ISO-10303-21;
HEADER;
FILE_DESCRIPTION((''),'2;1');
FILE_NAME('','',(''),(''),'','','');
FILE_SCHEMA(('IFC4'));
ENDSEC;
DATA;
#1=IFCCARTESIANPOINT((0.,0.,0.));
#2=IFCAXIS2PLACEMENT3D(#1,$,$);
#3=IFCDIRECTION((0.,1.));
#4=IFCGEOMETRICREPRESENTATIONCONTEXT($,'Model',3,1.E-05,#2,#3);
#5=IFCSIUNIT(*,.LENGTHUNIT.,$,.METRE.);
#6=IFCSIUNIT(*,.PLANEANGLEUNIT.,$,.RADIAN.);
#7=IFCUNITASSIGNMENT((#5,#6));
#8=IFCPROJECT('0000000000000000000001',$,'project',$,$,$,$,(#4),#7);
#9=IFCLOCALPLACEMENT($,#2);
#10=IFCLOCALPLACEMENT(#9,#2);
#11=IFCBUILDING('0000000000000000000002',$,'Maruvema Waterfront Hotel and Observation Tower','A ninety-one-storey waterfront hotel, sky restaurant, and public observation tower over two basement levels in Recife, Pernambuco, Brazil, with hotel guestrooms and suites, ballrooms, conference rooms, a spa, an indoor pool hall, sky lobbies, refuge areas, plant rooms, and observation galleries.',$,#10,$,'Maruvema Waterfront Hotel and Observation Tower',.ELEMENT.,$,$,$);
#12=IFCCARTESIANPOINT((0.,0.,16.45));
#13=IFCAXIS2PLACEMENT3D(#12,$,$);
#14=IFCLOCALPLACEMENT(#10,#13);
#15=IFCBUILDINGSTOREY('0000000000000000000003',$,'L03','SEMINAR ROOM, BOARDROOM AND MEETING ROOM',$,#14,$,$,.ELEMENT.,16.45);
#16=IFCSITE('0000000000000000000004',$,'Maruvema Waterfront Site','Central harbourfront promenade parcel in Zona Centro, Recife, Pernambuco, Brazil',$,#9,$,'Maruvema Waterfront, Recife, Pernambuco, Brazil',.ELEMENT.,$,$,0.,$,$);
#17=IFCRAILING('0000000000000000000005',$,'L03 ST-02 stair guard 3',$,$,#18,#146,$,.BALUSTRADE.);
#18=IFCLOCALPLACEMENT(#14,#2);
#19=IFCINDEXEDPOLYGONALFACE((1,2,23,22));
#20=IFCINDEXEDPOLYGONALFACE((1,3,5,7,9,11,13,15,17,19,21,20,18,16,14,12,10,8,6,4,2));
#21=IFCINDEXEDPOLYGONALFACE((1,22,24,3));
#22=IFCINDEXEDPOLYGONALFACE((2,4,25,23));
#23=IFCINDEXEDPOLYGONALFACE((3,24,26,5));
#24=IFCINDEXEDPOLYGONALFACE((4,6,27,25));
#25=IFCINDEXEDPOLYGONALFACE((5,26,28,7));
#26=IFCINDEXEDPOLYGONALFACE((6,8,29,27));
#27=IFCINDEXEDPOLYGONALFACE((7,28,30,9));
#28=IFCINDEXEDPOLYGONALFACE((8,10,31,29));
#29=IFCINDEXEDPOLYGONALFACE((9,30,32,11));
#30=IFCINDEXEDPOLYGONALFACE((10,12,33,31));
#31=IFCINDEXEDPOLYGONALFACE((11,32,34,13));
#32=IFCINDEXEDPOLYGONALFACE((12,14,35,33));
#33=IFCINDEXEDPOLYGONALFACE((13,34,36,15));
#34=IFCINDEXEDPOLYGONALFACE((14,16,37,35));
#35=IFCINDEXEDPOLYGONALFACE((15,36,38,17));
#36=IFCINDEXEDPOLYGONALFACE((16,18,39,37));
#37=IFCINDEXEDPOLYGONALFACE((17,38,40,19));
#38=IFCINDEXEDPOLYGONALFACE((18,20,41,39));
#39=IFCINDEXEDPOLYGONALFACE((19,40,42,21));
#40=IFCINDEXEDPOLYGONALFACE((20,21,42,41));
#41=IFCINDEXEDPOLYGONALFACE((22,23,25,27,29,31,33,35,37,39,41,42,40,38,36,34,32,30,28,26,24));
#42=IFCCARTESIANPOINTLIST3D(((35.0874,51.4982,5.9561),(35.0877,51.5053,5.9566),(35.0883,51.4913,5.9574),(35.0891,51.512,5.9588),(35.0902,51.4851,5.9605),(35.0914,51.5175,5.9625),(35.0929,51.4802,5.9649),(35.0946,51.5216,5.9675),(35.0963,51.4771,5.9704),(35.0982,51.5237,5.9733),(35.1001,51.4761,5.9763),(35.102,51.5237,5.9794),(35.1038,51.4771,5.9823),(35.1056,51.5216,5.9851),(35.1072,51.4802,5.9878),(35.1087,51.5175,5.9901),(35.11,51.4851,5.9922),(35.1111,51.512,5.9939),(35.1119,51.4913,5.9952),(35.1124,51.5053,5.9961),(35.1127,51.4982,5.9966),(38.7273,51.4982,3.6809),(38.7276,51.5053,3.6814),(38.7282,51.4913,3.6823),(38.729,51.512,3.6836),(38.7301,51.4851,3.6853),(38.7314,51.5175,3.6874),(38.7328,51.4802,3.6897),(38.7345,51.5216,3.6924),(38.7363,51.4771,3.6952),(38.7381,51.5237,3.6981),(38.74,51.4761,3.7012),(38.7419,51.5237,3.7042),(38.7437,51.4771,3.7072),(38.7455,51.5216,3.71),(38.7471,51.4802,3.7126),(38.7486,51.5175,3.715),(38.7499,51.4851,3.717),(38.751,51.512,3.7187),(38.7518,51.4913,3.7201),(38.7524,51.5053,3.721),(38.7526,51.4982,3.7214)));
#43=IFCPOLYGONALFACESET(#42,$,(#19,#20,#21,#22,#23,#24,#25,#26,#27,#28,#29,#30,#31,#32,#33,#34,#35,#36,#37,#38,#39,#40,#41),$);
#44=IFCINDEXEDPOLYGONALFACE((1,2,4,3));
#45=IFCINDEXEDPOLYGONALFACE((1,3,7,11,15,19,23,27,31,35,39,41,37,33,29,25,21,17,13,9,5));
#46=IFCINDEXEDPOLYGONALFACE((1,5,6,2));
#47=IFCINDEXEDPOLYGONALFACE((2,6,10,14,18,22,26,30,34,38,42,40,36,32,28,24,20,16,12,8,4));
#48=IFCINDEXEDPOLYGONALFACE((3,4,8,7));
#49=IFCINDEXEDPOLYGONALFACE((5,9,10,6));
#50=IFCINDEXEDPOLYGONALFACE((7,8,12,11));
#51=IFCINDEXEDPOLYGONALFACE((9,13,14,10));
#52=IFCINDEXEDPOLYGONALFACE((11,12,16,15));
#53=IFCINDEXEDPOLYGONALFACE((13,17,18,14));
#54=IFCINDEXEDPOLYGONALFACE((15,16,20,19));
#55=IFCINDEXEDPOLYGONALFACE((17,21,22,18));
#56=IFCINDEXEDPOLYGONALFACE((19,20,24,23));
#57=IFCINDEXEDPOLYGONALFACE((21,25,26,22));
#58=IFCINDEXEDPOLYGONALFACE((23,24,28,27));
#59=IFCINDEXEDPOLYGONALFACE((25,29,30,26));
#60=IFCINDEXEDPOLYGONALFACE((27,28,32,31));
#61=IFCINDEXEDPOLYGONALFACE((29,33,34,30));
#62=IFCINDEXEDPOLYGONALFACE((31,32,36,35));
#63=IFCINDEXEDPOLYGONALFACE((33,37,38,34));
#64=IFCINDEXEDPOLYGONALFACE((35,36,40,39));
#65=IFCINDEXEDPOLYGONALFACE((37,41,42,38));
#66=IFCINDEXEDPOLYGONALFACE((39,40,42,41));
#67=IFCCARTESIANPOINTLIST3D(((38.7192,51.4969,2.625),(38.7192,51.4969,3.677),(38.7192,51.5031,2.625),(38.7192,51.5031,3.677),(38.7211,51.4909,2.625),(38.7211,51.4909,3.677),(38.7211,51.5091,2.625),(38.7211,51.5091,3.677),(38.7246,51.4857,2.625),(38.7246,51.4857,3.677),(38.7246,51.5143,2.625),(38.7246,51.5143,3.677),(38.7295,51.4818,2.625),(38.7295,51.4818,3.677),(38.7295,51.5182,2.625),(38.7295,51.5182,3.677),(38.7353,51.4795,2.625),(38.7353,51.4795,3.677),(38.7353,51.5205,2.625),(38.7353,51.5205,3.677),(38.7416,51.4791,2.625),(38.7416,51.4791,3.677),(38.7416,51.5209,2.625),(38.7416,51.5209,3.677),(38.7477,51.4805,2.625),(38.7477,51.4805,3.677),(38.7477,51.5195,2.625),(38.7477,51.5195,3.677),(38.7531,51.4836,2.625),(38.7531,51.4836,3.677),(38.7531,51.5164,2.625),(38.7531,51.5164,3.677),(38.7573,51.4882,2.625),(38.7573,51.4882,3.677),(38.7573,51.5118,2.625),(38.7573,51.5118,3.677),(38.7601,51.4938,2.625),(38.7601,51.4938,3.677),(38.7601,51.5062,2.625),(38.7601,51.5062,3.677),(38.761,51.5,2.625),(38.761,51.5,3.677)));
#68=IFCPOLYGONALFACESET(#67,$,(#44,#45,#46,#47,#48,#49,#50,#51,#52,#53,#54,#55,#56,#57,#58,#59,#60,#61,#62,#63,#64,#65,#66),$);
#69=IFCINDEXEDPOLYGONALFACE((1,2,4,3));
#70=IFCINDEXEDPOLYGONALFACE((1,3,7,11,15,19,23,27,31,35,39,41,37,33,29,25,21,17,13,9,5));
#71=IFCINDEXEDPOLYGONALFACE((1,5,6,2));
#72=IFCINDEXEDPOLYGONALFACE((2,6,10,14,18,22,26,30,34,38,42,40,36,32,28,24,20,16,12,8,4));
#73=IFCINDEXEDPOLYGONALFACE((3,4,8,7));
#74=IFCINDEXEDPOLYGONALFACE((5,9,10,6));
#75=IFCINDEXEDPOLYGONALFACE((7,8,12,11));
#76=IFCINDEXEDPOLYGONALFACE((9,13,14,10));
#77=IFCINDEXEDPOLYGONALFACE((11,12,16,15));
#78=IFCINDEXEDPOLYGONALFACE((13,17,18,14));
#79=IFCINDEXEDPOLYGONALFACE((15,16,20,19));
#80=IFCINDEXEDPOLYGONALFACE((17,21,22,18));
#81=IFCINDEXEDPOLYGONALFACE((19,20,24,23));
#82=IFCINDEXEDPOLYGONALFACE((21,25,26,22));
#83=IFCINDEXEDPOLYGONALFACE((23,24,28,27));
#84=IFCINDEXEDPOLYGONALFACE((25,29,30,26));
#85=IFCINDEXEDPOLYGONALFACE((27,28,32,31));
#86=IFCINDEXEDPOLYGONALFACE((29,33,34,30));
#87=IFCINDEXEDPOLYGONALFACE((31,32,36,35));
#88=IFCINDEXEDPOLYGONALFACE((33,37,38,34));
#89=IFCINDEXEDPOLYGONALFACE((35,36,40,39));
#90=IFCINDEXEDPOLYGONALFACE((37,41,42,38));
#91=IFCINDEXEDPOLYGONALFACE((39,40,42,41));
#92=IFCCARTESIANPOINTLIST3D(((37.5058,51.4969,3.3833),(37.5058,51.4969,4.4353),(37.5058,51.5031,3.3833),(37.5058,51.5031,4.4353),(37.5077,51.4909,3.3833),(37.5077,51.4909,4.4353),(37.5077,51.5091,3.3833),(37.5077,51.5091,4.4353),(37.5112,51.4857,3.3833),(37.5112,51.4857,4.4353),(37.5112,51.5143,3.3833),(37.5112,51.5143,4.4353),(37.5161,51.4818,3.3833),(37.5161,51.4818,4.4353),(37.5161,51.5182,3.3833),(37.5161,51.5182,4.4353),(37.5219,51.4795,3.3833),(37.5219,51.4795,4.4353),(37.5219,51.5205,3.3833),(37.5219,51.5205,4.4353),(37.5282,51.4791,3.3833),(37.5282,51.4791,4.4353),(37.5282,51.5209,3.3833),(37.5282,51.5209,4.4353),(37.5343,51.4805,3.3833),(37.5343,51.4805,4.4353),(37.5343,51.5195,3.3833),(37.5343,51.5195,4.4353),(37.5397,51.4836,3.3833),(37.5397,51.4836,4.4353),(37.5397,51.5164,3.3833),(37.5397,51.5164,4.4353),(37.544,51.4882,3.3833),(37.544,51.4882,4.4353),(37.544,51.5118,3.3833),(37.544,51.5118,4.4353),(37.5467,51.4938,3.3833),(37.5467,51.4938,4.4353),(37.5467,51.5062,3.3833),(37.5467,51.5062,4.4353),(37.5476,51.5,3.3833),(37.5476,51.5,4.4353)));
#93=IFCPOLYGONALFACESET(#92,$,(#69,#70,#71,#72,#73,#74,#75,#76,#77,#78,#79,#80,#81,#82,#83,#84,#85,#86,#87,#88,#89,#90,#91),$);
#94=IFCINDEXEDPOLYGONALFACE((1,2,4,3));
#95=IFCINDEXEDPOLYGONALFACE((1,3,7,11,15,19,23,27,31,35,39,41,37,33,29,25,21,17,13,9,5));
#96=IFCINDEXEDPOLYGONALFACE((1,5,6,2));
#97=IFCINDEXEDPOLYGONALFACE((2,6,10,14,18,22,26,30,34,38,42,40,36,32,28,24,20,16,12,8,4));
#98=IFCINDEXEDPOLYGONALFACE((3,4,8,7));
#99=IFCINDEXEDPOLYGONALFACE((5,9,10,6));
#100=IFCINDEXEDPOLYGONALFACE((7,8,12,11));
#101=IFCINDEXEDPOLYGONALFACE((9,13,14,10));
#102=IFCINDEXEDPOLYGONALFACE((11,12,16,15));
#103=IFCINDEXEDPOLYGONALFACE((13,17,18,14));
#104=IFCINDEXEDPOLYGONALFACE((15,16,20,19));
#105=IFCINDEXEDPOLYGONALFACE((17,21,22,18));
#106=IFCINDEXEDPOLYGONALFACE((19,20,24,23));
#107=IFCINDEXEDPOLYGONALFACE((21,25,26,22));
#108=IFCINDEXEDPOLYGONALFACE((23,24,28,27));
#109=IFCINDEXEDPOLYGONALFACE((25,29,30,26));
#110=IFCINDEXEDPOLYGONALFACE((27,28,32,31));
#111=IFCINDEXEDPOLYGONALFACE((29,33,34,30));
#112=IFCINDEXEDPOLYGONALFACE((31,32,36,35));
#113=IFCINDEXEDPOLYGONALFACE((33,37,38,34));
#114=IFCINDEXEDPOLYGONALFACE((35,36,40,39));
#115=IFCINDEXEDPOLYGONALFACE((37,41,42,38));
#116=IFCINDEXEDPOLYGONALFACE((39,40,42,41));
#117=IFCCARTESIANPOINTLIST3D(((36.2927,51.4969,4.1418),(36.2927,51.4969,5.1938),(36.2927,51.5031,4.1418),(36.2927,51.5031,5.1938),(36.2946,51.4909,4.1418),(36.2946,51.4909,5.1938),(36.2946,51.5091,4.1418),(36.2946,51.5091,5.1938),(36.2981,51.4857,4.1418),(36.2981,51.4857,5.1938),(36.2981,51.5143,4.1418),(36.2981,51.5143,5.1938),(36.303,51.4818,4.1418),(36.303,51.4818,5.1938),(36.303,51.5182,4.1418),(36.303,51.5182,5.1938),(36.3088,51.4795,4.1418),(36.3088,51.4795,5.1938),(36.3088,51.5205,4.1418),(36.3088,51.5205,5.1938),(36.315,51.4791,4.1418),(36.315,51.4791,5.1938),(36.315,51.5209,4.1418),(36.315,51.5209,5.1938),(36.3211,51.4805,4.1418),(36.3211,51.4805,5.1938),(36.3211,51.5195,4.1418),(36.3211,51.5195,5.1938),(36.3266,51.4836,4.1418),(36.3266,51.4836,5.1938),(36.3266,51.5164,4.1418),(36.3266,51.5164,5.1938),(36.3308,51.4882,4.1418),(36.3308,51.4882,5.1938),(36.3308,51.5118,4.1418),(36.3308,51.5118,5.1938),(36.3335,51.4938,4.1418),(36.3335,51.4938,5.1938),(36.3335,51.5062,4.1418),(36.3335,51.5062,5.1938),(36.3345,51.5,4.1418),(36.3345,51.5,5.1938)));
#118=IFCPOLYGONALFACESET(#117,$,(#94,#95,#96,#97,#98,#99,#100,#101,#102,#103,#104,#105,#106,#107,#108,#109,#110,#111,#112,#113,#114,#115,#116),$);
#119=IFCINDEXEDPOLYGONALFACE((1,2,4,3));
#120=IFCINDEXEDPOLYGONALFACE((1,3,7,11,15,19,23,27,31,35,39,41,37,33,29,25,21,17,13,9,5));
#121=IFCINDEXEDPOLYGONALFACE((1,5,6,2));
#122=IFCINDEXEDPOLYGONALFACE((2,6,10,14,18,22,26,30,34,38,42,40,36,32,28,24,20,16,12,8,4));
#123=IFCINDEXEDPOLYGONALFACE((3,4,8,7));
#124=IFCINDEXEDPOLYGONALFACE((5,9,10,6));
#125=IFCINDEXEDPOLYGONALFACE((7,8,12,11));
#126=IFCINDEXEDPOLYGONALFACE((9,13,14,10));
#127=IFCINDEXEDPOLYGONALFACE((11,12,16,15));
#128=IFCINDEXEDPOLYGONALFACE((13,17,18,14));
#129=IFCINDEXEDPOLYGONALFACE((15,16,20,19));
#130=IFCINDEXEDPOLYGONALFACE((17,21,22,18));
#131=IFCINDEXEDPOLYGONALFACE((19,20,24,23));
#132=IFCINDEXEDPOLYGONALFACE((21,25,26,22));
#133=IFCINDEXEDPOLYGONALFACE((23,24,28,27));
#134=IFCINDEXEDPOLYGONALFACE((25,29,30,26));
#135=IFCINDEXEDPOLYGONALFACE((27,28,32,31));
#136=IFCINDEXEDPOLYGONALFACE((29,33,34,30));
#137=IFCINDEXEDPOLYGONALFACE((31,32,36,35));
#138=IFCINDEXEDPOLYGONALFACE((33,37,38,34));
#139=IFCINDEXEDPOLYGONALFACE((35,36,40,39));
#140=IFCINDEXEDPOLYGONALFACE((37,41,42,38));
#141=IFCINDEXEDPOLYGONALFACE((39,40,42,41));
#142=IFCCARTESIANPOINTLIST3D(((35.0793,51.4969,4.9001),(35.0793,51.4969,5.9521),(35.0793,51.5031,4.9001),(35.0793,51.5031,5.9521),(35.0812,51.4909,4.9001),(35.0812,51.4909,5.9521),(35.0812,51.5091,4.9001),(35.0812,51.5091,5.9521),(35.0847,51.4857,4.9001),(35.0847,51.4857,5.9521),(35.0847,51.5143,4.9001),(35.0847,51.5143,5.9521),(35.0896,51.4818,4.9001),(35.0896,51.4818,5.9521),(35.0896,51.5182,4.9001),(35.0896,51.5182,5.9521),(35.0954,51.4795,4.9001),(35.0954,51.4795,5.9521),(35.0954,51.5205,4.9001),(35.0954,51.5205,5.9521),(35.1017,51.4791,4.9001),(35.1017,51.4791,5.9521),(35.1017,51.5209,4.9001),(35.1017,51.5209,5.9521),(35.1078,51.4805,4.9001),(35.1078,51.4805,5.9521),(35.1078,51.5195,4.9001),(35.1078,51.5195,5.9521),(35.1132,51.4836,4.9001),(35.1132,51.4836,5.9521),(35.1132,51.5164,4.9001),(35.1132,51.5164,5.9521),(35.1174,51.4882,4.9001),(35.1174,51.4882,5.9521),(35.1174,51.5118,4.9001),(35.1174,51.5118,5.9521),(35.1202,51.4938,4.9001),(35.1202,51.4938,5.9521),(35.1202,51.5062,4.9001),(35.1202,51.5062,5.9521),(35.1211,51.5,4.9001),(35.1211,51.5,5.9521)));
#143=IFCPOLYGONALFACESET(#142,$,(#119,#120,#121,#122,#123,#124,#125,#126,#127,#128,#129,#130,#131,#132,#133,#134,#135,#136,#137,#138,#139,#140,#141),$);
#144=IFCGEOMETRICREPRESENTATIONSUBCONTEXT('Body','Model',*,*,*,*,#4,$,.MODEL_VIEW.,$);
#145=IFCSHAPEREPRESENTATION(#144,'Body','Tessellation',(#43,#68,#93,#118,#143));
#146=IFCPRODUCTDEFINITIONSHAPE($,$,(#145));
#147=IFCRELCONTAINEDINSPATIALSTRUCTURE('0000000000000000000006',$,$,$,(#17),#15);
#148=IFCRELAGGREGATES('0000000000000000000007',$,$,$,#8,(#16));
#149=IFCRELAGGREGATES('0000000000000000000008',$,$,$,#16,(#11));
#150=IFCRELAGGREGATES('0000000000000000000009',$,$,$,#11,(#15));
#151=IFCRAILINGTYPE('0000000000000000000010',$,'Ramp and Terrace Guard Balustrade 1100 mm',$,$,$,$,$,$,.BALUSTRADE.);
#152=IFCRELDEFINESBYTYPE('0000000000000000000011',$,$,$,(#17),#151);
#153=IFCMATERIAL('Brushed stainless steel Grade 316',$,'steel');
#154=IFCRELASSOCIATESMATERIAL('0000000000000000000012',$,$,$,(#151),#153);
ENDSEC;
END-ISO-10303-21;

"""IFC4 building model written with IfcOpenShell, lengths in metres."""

from ifc_helpers import new_model, si_unit, direction, frame, origin, origin_2d, place, context, subcontext, project, spatial, circle, extrude, material, type_object, element, save


model = new_model("IFC4")

# Units and contexts
model_context = context("Model", 3, precision=1e-05, world=origin(), true_north=direction((0.0, 1.0)))
body_context = subcontext(model_context, "Body", "Model", "MODEL_VIEW")
ifc_project = project(units=[si_unit("LENGTHUNIT", "METRE"), si_unit("PLANEANGLEUNIT", "RADIAN")], contexts=[model_context])

# Site, building, storey
site_placement = place(None, origin())
site = spatial("IfcSite", under=ifc_project, at=site_placement, Name="Maruvema Waterfront Site", Description="Central harbourfront promenade parcel in Zona Centro, Recife, Pernambuco, Brazil", LongName="Maruvema Waterfront, Recife, Pernambuco, Brazil", CompositionType="ELEMENT", RefElevation=0.0)
building_placement = place(site_placement, origin())
building = spatial("IfcBuilding", under=site, at=building_placement, Name="Maruvema Waterfront Hotel and Observation Tower", Description="A ninety-one-storey waterfront hotel, sky restaurant, and public observation tower over two basement levels in Recife, Pernambuco, Brazil, with hotel guestrooms and suites, ballrooms, conference rooms, a spa, an indoor pool hall, sky lobbies, refuge areas, plant rooms, and observation galleries.", LongName="Maruvema Waterfront Hotel and Observation Tower", CompositionType="ELEMENT")
storey_placement = place(building_placement, frame((0.0, 0.0, 16.45)))
storey = spatial("IfcBuildingStorey", under=building, at=storey_placement, Name="L03", Description="SEMINAR ROOM, BOARDROOM AND MEETING ROOM", CompositionType="ELEMENT", Elevation=16.45)

# Railing
ifc_material_1 = material(Name="Brushed stainless steel Grade 316", Category="steel")
railing_type_1 = type_object("IfcRailingType", Name="Ramp and Terrace Guard Balustrade 1100 mm", PredefinedType="BALUSTRADE", material=ifc_material_1)
railing_1_placement = place(storey_placement, frame((38.74, 51.5, 2.625)))
element("IfcRailing", 1, at=railing_1_placement, inside=storey, type_object=railing_type_1, Name="L03 ST-02 stair guard 3", PredefinedType="BALUSTRADE", context=body_context, shape_type="SweptSolid", body=[
    extrude(circle(Radius=0.0239, at=origin_2d()), frame((0.0, 0.0, 1.0762), z_axis=(-0.847976, 0.0, 0.530035), x_axis=(0.0, -1.0, 0.0)), (0.0, 0.0, 1.0), 4.2925),
    extrude(circle(Radius=0.021, at=origin_2d()), origin(), (0.0, 0.0, 1.0), 1.052),
    extrude(circle(Radius=0.021, at=origin_2d()), frame((-1.2134, 0.0, 0.7583)), (0.0, 0.0, 1.0), 1.052),
    extrude(circle(Radius=0.021, at=origin_2d()), frame((-2.4265, 0.0, 1.5168)), (0.0, 0.0, 1.0), 1.052),
    extrude(circle(Radius=0.021, at=origin_2d()), frame((-3.6399, 0.0, 2.2751)), (0.0, 0.0, 1.0), 1.052),
])

save(model, "model.ifc")
